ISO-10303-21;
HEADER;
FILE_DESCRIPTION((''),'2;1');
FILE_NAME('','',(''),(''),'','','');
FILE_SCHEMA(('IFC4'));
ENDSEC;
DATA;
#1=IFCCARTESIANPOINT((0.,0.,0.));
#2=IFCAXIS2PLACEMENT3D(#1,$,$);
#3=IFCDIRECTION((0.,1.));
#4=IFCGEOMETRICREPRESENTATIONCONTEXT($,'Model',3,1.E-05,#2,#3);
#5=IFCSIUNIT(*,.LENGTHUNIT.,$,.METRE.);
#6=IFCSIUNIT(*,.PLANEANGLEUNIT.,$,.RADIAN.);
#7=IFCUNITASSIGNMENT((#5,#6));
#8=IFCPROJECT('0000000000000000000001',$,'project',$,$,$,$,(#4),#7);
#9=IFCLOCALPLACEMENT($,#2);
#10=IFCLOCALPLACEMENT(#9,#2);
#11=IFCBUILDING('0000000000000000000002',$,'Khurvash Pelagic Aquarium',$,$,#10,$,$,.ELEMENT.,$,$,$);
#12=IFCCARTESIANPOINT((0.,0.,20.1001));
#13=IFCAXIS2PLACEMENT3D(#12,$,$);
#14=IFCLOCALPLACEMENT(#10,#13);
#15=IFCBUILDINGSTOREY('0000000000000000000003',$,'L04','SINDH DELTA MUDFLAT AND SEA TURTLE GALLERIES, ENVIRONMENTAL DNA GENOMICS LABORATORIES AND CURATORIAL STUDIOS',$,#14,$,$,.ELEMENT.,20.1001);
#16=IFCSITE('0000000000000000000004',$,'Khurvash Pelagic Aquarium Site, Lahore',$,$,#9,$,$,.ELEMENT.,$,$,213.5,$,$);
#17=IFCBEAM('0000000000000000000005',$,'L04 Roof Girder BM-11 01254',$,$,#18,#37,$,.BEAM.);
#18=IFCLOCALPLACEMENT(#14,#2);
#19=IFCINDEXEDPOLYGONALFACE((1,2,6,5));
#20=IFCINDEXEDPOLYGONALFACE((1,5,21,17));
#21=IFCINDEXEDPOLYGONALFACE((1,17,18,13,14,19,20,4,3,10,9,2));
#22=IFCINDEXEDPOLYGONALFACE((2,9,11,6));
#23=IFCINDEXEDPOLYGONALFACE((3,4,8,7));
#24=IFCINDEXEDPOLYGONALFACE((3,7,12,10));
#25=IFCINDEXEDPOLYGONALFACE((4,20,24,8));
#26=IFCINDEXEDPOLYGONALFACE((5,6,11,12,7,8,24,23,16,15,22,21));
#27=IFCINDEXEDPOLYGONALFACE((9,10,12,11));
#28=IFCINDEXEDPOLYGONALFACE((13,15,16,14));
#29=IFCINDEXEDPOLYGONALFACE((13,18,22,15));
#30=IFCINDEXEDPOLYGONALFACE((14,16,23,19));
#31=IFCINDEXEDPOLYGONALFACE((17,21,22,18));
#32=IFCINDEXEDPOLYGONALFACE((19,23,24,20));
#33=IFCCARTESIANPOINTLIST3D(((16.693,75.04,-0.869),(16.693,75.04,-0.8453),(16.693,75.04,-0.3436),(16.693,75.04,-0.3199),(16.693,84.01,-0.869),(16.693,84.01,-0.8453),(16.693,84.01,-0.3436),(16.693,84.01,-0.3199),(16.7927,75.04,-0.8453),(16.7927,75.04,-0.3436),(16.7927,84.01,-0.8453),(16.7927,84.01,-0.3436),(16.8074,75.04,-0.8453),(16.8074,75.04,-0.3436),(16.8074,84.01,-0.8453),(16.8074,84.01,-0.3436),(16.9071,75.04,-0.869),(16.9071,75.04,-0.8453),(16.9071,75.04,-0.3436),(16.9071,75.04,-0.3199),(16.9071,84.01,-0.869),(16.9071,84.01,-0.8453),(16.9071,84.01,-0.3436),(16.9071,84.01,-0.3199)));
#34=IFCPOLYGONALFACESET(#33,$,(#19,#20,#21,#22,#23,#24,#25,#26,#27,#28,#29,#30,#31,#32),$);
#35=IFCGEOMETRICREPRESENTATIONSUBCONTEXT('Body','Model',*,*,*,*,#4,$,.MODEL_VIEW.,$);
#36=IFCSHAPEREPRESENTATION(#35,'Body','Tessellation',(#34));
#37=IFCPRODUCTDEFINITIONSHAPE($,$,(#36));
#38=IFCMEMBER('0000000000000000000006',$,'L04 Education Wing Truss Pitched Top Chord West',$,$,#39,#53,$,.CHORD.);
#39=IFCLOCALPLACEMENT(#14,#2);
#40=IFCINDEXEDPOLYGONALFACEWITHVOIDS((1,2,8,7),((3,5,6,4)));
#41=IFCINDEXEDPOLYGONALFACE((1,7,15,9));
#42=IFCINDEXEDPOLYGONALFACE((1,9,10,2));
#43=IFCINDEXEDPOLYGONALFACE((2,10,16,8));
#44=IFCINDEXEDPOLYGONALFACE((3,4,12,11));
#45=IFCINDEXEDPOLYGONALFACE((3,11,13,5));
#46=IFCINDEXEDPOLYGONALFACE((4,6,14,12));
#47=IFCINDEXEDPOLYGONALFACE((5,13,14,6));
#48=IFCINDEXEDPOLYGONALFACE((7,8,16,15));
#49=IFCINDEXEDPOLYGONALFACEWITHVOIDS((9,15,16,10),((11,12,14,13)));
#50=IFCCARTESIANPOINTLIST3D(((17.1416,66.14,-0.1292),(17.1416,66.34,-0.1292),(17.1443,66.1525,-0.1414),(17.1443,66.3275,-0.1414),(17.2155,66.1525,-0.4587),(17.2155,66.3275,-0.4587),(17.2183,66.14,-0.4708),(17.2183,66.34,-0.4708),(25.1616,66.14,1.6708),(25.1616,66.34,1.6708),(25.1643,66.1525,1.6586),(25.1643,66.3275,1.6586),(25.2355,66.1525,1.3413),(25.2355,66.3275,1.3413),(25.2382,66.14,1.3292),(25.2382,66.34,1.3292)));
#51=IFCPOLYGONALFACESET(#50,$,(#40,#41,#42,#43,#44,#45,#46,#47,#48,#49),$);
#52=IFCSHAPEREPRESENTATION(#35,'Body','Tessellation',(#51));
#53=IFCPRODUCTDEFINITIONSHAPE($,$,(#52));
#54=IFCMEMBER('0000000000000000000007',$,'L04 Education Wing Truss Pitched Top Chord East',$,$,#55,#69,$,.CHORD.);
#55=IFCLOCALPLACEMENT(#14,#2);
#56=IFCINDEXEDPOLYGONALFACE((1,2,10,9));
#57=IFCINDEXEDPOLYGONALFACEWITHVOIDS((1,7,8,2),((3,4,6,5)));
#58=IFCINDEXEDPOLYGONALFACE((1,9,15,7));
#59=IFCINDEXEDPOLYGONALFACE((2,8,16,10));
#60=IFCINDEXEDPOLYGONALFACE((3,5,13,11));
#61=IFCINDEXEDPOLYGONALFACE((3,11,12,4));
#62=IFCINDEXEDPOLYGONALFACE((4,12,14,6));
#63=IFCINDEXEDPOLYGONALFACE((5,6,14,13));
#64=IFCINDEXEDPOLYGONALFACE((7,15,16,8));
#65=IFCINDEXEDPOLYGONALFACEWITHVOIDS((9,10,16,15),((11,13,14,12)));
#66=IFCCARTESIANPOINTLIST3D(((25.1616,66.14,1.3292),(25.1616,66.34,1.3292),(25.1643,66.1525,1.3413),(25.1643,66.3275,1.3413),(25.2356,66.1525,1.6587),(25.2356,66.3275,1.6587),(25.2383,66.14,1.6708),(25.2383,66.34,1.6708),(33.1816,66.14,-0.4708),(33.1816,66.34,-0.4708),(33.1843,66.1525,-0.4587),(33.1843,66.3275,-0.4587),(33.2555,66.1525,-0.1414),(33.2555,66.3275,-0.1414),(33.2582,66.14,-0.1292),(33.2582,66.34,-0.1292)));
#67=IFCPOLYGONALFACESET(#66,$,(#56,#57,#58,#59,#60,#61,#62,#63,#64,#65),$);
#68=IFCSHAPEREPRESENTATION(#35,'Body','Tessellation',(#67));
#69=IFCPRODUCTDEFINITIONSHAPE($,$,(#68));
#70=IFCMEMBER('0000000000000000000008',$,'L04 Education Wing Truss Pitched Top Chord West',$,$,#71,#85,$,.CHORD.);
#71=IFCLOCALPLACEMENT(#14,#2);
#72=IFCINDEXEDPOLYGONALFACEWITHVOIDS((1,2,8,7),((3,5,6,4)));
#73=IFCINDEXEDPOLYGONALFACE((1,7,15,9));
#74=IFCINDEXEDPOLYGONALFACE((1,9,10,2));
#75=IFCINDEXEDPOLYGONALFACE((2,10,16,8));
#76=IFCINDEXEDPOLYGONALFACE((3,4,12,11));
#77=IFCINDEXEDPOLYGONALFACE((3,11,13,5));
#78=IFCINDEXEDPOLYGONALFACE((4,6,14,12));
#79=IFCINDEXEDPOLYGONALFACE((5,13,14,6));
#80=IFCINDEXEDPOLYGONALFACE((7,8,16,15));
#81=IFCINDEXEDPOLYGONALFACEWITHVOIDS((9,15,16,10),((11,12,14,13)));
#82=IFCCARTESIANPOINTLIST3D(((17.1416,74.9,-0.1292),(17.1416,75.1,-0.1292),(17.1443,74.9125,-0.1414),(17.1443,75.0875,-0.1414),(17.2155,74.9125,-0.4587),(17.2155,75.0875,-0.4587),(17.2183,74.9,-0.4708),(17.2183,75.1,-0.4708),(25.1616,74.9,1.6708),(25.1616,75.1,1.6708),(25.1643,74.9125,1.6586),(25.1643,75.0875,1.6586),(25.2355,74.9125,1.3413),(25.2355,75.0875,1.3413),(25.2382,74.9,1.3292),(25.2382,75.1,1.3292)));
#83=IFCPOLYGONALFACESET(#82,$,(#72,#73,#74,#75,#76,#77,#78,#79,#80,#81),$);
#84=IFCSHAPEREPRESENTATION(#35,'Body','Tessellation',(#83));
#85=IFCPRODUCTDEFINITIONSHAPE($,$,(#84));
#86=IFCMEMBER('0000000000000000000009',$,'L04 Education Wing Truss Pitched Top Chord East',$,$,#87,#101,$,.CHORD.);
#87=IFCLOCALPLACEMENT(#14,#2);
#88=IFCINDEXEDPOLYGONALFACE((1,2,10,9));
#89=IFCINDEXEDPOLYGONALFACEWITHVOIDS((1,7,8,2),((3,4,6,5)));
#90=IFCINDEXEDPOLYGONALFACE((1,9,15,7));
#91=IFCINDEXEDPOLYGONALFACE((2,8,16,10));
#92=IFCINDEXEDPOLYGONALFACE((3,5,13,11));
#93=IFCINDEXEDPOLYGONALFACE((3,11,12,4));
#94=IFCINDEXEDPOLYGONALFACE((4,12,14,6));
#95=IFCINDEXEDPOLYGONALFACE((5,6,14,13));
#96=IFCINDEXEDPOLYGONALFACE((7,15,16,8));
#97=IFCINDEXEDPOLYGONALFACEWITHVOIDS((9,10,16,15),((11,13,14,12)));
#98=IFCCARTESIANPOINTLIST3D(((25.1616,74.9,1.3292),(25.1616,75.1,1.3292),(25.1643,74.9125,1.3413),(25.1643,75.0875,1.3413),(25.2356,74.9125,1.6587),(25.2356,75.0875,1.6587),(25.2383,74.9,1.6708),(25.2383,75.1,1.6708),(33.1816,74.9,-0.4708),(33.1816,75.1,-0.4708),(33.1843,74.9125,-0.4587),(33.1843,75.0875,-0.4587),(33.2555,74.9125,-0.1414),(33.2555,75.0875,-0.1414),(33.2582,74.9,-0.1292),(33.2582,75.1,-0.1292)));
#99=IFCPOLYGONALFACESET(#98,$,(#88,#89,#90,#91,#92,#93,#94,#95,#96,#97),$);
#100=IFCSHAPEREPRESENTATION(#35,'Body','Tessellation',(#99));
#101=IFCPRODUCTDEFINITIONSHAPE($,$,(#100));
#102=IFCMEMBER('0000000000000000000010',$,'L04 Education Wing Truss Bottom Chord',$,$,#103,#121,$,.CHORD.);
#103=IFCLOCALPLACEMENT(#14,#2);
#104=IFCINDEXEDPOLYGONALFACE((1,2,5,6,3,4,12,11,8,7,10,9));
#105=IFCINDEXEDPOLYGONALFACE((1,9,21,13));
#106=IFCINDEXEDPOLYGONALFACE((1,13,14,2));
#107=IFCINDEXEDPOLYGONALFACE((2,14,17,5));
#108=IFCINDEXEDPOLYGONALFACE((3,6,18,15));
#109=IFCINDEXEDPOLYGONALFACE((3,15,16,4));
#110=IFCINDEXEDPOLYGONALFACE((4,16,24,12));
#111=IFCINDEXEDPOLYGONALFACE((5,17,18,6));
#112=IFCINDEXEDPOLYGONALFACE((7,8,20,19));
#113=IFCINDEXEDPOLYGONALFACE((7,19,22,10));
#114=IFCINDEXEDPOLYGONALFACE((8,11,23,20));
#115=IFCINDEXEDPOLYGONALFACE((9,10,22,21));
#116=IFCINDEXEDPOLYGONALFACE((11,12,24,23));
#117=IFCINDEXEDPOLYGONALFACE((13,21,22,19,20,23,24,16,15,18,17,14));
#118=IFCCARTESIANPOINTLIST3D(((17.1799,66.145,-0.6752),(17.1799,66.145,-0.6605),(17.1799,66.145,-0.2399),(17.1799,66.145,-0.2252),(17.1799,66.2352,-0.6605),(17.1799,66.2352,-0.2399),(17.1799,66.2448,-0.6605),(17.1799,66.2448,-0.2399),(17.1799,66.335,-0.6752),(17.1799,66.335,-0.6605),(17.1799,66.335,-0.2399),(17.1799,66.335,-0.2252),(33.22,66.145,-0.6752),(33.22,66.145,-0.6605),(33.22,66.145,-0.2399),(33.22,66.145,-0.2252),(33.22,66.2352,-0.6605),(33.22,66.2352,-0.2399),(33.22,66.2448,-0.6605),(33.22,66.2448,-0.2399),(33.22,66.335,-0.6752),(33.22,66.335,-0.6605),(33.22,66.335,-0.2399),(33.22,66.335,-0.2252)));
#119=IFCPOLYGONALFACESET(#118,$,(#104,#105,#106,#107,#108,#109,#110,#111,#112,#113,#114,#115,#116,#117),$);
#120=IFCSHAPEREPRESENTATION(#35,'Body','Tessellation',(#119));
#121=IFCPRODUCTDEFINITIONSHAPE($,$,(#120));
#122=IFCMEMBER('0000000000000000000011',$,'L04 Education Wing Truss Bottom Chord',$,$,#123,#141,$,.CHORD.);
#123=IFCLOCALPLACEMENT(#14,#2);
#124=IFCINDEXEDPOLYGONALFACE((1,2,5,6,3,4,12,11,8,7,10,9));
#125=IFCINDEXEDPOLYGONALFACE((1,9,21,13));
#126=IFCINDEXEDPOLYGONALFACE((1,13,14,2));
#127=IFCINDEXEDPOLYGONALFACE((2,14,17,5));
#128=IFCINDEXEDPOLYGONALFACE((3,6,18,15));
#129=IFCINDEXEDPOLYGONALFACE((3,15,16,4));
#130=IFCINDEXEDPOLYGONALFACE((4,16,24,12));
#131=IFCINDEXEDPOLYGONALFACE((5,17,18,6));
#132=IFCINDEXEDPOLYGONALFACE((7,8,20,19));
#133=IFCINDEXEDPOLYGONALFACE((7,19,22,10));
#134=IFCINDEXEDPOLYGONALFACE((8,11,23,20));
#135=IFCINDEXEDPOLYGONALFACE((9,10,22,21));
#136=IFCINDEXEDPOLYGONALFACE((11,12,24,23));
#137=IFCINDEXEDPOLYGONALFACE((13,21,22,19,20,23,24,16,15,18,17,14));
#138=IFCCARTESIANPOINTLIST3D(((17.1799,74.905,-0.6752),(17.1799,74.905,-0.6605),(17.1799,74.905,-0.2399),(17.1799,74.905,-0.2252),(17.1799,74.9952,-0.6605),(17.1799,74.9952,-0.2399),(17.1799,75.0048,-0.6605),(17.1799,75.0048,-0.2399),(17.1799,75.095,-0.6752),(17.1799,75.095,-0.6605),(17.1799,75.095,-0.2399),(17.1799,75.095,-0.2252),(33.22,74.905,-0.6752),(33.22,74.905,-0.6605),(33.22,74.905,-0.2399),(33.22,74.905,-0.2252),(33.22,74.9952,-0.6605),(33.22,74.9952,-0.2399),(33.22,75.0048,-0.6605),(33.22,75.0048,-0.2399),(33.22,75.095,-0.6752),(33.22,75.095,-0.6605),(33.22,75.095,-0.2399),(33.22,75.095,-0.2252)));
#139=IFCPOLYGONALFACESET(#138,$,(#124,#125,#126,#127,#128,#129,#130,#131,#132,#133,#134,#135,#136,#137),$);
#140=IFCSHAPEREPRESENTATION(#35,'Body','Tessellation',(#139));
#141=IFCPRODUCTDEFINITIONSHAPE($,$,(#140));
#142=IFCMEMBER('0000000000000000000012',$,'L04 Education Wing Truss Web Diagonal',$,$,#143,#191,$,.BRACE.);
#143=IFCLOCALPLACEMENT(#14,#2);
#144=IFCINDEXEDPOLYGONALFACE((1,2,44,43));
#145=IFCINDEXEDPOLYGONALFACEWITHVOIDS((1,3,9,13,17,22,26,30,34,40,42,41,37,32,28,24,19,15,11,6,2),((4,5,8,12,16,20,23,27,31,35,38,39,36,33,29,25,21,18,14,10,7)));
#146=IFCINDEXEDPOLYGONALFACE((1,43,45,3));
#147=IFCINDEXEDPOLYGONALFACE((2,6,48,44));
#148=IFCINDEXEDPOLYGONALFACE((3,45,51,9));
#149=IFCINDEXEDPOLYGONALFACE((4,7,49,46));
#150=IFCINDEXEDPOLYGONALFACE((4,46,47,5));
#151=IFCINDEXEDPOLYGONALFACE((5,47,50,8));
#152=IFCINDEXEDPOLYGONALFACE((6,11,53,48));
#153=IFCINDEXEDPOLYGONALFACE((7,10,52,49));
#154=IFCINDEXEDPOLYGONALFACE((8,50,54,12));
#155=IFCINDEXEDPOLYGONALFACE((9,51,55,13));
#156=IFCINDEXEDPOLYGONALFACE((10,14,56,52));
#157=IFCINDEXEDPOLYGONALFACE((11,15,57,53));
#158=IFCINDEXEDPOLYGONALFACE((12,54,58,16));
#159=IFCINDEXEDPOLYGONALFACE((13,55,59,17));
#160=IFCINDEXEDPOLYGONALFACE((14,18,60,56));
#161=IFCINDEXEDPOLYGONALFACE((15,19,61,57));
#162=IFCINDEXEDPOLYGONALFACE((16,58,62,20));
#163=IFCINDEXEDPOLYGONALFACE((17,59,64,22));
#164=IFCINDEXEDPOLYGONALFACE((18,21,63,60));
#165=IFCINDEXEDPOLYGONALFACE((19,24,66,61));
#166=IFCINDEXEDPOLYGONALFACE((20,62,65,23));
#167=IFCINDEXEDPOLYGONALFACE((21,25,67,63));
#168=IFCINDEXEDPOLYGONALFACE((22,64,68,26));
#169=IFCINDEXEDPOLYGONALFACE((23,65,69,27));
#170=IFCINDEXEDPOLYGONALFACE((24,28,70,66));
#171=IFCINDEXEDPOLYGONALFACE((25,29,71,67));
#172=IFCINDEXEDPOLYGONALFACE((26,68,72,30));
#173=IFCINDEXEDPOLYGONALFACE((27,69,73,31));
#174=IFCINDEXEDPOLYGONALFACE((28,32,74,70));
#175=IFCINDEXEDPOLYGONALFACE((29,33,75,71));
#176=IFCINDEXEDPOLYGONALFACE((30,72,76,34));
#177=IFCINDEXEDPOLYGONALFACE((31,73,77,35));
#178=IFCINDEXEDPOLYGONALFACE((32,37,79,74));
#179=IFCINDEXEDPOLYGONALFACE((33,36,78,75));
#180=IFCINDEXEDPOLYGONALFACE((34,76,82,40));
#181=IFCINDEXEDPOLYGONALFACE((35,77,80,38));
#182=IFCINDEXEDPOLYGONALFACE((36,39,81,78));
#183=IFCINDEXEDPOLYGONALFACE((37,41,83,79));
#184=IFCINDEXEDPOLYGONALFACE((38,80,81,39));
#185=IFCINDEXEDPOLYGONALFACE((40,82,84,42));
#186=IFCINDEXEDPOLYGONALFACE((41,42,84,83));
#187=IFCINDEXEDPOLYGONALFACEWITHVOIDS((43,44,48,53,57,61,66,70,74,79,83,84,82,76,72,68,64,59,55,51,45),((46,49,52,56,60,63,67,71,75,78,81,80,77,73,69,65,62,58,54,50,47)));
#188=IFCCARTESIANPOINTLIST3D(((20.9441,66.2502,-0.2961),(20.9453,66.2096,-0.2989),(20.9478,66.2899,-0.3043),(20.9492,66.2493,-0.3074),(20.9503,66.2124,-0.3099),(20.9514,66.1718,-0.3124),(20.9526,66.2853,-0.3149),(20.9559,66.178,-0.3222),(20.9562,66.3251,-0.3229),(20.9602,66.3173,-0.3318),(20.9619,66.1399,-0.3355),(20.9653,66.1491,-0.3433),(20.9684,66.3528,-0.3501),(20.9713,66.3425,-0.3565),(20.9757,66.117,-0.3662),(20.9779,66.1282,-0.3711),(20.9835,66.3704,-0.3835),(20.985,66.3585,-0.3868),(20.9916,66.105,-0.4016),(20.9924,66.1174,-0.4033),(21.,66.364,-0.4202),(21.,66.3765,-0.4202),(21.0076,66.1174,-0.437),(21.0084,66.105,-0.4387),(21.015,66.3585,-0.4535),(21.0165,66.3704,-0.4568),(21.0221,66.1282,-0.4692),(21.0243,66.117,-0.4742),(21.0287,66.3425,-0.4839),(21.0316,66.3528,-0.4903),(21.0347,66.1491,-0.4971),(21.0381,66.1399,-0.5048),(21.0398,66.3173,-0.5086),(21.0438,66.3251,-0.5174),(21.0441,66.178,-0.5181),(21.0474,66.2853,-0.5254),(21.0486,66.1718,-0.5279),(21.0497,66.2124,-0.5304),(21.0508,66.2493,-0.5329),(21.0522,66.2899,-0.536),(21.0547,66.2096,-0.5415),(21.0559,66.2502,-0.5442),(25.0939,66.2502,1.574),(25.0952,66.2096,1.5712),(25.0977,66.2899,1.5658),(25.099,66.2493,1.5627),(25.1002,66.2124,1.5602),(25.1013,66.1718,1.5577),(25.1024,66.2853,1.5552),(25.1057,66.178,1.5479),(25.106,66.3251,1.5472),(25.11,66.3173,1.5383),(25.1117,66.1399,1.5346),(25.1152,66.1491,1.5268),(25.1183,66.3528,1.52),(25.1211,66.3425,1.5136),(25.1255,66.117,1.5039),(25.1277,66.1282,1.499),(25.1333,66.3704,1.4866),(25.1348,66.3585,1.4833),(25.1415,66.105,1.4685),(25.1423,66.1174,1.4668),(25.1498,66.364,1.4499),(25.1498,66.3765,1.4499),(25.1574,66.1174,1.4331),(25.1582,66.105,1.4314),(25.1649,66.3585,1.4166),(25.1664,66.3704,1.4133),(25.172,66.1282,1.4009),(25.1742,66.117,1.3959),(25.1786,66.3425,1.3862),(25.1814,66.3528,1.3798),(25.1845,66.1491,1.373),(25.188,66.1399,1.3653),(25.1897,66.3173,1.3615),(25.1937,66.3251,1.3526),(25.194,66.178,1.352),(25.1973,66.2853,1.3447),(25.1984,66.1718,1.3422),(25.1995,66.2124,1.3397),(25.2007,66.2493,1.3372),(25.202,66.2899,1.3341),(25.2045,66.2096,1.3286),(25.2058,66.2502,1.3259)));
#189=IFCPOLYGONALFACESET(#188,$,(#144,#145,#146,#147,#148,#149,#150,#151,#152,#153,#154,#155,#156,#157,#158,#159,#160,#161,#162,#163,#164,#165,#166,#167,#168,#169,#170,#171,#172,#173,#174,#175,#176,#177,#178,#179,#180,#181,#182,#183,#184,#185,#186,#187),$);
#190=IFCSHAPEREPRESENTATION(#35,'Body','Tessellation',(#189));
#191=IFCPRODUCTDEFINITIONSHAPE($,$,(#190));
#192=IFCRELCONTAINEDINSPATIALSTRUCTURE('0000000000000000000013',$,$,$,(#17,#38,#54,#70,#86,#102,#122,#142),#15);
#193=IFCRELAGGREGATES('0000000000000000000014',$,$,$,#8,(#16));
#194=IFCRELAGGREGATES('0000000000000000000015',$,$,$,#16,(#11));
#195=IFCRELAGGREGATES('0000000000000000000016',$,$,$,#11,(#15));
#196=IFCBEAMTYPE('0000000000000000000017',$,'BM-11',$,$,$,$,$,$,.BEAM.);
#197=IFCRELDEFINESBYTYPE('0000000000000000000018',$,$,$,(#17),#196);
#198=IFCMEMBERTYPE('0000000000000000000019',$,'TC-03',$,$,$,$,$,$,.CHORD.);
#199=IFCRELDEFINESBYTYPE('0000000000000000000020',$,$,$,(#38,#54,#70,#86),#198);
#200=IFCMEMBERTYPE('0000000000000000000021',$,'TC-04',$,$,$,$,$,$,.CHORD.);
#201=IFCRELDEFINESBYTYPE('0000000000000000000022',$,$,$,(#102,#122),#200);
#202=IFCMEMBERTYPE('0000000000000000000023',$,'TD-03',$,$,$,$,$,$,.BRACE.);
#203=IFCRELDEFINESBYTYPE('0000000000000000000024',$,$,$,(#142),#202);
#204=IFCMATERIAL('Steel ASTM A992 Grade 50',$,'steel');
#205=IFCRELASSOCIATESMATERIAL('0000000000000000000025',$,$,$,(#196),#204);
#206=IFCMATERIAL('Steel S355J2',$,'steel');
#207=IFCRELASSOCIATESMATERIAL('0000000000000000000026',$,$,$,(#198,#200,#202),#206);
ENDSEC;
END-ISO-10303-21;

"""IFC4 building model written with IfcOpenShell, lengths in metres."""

from ifc_helpers import new_model, si_unit, direction, frame, origin, origin_2d, place, context, subcontext, project, spatial, hollow_rectangle, hollow_circle, i_section, extrude, material, material_profile, profile_set, type_object, element, save


model = new_model("IFC4")

# Units and contexts
model_context = context("Model", 3, precision=1e-05, world=origin(), true_north=direction((0.0, 1.0)))
body_context = subcontext(model_context, "Body", "Model", "MODEL_VIEW")
ifc_project = project(units=[si_unit("LENGTHUNIT", "METRE"), si_unit("PLANEANGLEUNIT", "RADIAN")], contexts=[model_context])

# Site, building, storey
site_placement = place(None, origin())
site = spatial("IfcSite", under=ifc_project, at=site_placement, Name="Khurvash Pelagic Aquarium Site, Lahore", CompositionType="ELEMENT", RefElevation=213.5)
building_placement = place(site_placement, origin())
building = spatial("IfcBuilding", under=site, at=building_placement, Name="Khurvash Pelagic Aquarium", CompositionType="ELEMENT")
storey_placement = place(building_placement, frame((0.0, 0.0, 20.1001)))
storey = spatial("IfcBuildingStorey", under=building, at=storey_placement, Name="L04", Description="SINDH DELTA MUDFLAT AND SEA TURTLE GALLERIES, ENVIRONMENTAL DNA GENOMICS LABORATORIES AND CURATORIAL STUDIOS", CompositionType="ELEMENT", Elevation=20.1001)

# Beam
ifc_material_1 = material(Name="Steel ASTM A992 Grade 50", Category="steel")
ifc_material_profile_1 = material_profile(ifc_material_1, i_section(OverallWidth=0.2141, OverallDepth=0.5491, WebThickness=0.0146, FlangeThickness=0.0237, at=origin_2d()), Name="W21X93")
ifc_profile_set_1 = profile_set([ifc_material_profile_1], Name="Steel ASTM A992 Grade 50")
beam_type = type_object("IfcBeamType", Name="BM-11", PredefinedType="BEAM", material=ifc_profile_set_1)
beam_placement = place(storey_placement, frame((16.8, 75.04, -0.5945), z_axis=(0.0, 1.0, 0.0), x_axis=(-1.0, 0.0, 0.0)))
element("IfcBeam", 1, at=beam_placement, inside=storey, type_object=beam_type, Name="L04 Roof Girder BM-11 01254", PredefinedType="BEAM", context=body_context, shape_type="SweptSolid", body=[
    extrude(i_section(OverallWidth=0.2141, OverallDepth=0.5491, WebThickness=0.0146, FlangeThickness=0.0237, at=origin_2d()), origin(), (0.0, 0.0, 1.0), 8.97),
])

# Members
ifc_material_2 = material(Name="Steel S355J2", Category="steel")
ifc_material_profile_2 = material_profile(ifc_material_2, hollow_rectangle(XDim=0.2, YDim=0.3501, WallThickness=0.0125, at=origin_2d()), Name="RHS350X200X12")
ifc_profile_set_2 = profile_set([ifc_material_profile_2], Name="Steel S355J2")
member_type_1 = type_object("IfcMemberType", Name="TC-03", PredefinedType="CHORD", material=ifc_profile_set_2)
for number, where, z_axis, x_axis, name in (
    (2, (17.1799, 66.24, -0.3), (0.975726, 0.0, 0.218996), (0.0, 1.0, 0.0), "L04 Education Wing Truss Pitched Top Chord West"),
    (3, (25.2, 66.24, 1.5), (0.975726, 0.0, -0.218996), (0.0, 1.0, 0.0), "L04 Education Wing Truss Pitched Top Chord East"),
    (4, (17.1799, 75.0, -0.3), (0.975726, 0.0, 0.218996), (0.0, 1.0, 0.0), "L04 Education Wing Truss Pitched Top Chord West"),
    (5, (25.2, 75.0, 1.5), (0.975726, 0.0, -0.218996), (0.0, 1.0, 0.0), "L04 Education Wing Truss Pitched Top Chord East"),
):
    element("IfcMember", number, at=place(storey_placement, frame(where, z_axis=z_axis, x_axis=x_axis)), inside=storey, type_object=member_type_1, Name=name, PredefinedType="CHORD", context=body_context, shape_type="SweptSolid", body=[
        extrude(hollow_rectangle(XDim=0.2, YDim=0.3501, WallThickness=0.0125, at=origin_2d()), origin(), (0.0, 0.0, 1.0), 8.2195),
    ])
ifc_material_profile_3 = material_profile(ifc_material_2, i_section(OverallWidth=0.1899, OverallDepth=0.45, WebThickness=0.0095, FlangeThickness=0.0146, at=origin_2d()), Name="IPE450")
ifc_profile_set_3 = profile_set([ifc_material_profile_3], Name="Steel S355J2")
member_type_2 = type_object("IfcMemberType", Name="TC-04", PredefinedType="CHORD", material=ifc_profile_set_3)
for number, where, z_axis, x_axis, name in (
    (6, (17.1799, 66.24, -0.4502), (1.0, 0.0, 0.0), (0.0, 1.0, 0.0), "L04 Education Wing Truss Bottom Chord"),
    (7, (17.1799, 75.0, -0.4502), (1.0, 0.0, 0.0), (0.0, 1.0, 0.0), "L04 Education Wing Truss Bottom Chord"),
):
    element("IfcMember", number, at=place(storey_placement, frame(where, z_axis=z_axis, x_axis=x_axis)), inside=storey, type_object=member_type_2, Name=name, PredefinedType="CHORD", context=body_context, shape_type="SweptSolid", body=[
        extrude(i_section(OverallWidth=0.1899, OverallDepth=0.45, WebThickness=0.0095, FlangeThickness=0.0146, at=origin_2d()), origin(), (0.0, 0.0, 1.0), 16.04),
    ])
ifc_material_profile_4 = material_profile(ifc_material_2, hollow_circle(Radius=0.1365, WallThickness=0.0125, at=origin_2d()), Name="CHS273X12")
ifc_profile_set_4 = profile_set([ifc_material_profile_4], Name="Steel S355J2")
member_type_3 = type_object("IfcMemberType", Name="TD-03", PredefinedType="BRACE", material=ifc_profile_set_4)
for number, where, z_axis, x_axis, name in (
    (8, (21.0, 66.24, -0.4202), (0.911703, 0.0, 0.410851), (0.0, 1.0, 0.0), "L04 Education Wing Truss Web Diagonal"),
):
    element("IfcMember", number, at=place(storey_placement, frame(where, z_axis=z_axis, x_axis=x_axis)), inside=storey, type_object=member_type_3, Name=name, PredefinedType="BRACE", context=body_context, shape_type="SweptSolid", body=[
        extrude(hollow_circle(Radius=0.1365, WallThickness=0.0125, at=origin_2d()), origin(), (0.0, 0.0, 1.0), 4.5518),
    ])

save(model, "model.ifc")
